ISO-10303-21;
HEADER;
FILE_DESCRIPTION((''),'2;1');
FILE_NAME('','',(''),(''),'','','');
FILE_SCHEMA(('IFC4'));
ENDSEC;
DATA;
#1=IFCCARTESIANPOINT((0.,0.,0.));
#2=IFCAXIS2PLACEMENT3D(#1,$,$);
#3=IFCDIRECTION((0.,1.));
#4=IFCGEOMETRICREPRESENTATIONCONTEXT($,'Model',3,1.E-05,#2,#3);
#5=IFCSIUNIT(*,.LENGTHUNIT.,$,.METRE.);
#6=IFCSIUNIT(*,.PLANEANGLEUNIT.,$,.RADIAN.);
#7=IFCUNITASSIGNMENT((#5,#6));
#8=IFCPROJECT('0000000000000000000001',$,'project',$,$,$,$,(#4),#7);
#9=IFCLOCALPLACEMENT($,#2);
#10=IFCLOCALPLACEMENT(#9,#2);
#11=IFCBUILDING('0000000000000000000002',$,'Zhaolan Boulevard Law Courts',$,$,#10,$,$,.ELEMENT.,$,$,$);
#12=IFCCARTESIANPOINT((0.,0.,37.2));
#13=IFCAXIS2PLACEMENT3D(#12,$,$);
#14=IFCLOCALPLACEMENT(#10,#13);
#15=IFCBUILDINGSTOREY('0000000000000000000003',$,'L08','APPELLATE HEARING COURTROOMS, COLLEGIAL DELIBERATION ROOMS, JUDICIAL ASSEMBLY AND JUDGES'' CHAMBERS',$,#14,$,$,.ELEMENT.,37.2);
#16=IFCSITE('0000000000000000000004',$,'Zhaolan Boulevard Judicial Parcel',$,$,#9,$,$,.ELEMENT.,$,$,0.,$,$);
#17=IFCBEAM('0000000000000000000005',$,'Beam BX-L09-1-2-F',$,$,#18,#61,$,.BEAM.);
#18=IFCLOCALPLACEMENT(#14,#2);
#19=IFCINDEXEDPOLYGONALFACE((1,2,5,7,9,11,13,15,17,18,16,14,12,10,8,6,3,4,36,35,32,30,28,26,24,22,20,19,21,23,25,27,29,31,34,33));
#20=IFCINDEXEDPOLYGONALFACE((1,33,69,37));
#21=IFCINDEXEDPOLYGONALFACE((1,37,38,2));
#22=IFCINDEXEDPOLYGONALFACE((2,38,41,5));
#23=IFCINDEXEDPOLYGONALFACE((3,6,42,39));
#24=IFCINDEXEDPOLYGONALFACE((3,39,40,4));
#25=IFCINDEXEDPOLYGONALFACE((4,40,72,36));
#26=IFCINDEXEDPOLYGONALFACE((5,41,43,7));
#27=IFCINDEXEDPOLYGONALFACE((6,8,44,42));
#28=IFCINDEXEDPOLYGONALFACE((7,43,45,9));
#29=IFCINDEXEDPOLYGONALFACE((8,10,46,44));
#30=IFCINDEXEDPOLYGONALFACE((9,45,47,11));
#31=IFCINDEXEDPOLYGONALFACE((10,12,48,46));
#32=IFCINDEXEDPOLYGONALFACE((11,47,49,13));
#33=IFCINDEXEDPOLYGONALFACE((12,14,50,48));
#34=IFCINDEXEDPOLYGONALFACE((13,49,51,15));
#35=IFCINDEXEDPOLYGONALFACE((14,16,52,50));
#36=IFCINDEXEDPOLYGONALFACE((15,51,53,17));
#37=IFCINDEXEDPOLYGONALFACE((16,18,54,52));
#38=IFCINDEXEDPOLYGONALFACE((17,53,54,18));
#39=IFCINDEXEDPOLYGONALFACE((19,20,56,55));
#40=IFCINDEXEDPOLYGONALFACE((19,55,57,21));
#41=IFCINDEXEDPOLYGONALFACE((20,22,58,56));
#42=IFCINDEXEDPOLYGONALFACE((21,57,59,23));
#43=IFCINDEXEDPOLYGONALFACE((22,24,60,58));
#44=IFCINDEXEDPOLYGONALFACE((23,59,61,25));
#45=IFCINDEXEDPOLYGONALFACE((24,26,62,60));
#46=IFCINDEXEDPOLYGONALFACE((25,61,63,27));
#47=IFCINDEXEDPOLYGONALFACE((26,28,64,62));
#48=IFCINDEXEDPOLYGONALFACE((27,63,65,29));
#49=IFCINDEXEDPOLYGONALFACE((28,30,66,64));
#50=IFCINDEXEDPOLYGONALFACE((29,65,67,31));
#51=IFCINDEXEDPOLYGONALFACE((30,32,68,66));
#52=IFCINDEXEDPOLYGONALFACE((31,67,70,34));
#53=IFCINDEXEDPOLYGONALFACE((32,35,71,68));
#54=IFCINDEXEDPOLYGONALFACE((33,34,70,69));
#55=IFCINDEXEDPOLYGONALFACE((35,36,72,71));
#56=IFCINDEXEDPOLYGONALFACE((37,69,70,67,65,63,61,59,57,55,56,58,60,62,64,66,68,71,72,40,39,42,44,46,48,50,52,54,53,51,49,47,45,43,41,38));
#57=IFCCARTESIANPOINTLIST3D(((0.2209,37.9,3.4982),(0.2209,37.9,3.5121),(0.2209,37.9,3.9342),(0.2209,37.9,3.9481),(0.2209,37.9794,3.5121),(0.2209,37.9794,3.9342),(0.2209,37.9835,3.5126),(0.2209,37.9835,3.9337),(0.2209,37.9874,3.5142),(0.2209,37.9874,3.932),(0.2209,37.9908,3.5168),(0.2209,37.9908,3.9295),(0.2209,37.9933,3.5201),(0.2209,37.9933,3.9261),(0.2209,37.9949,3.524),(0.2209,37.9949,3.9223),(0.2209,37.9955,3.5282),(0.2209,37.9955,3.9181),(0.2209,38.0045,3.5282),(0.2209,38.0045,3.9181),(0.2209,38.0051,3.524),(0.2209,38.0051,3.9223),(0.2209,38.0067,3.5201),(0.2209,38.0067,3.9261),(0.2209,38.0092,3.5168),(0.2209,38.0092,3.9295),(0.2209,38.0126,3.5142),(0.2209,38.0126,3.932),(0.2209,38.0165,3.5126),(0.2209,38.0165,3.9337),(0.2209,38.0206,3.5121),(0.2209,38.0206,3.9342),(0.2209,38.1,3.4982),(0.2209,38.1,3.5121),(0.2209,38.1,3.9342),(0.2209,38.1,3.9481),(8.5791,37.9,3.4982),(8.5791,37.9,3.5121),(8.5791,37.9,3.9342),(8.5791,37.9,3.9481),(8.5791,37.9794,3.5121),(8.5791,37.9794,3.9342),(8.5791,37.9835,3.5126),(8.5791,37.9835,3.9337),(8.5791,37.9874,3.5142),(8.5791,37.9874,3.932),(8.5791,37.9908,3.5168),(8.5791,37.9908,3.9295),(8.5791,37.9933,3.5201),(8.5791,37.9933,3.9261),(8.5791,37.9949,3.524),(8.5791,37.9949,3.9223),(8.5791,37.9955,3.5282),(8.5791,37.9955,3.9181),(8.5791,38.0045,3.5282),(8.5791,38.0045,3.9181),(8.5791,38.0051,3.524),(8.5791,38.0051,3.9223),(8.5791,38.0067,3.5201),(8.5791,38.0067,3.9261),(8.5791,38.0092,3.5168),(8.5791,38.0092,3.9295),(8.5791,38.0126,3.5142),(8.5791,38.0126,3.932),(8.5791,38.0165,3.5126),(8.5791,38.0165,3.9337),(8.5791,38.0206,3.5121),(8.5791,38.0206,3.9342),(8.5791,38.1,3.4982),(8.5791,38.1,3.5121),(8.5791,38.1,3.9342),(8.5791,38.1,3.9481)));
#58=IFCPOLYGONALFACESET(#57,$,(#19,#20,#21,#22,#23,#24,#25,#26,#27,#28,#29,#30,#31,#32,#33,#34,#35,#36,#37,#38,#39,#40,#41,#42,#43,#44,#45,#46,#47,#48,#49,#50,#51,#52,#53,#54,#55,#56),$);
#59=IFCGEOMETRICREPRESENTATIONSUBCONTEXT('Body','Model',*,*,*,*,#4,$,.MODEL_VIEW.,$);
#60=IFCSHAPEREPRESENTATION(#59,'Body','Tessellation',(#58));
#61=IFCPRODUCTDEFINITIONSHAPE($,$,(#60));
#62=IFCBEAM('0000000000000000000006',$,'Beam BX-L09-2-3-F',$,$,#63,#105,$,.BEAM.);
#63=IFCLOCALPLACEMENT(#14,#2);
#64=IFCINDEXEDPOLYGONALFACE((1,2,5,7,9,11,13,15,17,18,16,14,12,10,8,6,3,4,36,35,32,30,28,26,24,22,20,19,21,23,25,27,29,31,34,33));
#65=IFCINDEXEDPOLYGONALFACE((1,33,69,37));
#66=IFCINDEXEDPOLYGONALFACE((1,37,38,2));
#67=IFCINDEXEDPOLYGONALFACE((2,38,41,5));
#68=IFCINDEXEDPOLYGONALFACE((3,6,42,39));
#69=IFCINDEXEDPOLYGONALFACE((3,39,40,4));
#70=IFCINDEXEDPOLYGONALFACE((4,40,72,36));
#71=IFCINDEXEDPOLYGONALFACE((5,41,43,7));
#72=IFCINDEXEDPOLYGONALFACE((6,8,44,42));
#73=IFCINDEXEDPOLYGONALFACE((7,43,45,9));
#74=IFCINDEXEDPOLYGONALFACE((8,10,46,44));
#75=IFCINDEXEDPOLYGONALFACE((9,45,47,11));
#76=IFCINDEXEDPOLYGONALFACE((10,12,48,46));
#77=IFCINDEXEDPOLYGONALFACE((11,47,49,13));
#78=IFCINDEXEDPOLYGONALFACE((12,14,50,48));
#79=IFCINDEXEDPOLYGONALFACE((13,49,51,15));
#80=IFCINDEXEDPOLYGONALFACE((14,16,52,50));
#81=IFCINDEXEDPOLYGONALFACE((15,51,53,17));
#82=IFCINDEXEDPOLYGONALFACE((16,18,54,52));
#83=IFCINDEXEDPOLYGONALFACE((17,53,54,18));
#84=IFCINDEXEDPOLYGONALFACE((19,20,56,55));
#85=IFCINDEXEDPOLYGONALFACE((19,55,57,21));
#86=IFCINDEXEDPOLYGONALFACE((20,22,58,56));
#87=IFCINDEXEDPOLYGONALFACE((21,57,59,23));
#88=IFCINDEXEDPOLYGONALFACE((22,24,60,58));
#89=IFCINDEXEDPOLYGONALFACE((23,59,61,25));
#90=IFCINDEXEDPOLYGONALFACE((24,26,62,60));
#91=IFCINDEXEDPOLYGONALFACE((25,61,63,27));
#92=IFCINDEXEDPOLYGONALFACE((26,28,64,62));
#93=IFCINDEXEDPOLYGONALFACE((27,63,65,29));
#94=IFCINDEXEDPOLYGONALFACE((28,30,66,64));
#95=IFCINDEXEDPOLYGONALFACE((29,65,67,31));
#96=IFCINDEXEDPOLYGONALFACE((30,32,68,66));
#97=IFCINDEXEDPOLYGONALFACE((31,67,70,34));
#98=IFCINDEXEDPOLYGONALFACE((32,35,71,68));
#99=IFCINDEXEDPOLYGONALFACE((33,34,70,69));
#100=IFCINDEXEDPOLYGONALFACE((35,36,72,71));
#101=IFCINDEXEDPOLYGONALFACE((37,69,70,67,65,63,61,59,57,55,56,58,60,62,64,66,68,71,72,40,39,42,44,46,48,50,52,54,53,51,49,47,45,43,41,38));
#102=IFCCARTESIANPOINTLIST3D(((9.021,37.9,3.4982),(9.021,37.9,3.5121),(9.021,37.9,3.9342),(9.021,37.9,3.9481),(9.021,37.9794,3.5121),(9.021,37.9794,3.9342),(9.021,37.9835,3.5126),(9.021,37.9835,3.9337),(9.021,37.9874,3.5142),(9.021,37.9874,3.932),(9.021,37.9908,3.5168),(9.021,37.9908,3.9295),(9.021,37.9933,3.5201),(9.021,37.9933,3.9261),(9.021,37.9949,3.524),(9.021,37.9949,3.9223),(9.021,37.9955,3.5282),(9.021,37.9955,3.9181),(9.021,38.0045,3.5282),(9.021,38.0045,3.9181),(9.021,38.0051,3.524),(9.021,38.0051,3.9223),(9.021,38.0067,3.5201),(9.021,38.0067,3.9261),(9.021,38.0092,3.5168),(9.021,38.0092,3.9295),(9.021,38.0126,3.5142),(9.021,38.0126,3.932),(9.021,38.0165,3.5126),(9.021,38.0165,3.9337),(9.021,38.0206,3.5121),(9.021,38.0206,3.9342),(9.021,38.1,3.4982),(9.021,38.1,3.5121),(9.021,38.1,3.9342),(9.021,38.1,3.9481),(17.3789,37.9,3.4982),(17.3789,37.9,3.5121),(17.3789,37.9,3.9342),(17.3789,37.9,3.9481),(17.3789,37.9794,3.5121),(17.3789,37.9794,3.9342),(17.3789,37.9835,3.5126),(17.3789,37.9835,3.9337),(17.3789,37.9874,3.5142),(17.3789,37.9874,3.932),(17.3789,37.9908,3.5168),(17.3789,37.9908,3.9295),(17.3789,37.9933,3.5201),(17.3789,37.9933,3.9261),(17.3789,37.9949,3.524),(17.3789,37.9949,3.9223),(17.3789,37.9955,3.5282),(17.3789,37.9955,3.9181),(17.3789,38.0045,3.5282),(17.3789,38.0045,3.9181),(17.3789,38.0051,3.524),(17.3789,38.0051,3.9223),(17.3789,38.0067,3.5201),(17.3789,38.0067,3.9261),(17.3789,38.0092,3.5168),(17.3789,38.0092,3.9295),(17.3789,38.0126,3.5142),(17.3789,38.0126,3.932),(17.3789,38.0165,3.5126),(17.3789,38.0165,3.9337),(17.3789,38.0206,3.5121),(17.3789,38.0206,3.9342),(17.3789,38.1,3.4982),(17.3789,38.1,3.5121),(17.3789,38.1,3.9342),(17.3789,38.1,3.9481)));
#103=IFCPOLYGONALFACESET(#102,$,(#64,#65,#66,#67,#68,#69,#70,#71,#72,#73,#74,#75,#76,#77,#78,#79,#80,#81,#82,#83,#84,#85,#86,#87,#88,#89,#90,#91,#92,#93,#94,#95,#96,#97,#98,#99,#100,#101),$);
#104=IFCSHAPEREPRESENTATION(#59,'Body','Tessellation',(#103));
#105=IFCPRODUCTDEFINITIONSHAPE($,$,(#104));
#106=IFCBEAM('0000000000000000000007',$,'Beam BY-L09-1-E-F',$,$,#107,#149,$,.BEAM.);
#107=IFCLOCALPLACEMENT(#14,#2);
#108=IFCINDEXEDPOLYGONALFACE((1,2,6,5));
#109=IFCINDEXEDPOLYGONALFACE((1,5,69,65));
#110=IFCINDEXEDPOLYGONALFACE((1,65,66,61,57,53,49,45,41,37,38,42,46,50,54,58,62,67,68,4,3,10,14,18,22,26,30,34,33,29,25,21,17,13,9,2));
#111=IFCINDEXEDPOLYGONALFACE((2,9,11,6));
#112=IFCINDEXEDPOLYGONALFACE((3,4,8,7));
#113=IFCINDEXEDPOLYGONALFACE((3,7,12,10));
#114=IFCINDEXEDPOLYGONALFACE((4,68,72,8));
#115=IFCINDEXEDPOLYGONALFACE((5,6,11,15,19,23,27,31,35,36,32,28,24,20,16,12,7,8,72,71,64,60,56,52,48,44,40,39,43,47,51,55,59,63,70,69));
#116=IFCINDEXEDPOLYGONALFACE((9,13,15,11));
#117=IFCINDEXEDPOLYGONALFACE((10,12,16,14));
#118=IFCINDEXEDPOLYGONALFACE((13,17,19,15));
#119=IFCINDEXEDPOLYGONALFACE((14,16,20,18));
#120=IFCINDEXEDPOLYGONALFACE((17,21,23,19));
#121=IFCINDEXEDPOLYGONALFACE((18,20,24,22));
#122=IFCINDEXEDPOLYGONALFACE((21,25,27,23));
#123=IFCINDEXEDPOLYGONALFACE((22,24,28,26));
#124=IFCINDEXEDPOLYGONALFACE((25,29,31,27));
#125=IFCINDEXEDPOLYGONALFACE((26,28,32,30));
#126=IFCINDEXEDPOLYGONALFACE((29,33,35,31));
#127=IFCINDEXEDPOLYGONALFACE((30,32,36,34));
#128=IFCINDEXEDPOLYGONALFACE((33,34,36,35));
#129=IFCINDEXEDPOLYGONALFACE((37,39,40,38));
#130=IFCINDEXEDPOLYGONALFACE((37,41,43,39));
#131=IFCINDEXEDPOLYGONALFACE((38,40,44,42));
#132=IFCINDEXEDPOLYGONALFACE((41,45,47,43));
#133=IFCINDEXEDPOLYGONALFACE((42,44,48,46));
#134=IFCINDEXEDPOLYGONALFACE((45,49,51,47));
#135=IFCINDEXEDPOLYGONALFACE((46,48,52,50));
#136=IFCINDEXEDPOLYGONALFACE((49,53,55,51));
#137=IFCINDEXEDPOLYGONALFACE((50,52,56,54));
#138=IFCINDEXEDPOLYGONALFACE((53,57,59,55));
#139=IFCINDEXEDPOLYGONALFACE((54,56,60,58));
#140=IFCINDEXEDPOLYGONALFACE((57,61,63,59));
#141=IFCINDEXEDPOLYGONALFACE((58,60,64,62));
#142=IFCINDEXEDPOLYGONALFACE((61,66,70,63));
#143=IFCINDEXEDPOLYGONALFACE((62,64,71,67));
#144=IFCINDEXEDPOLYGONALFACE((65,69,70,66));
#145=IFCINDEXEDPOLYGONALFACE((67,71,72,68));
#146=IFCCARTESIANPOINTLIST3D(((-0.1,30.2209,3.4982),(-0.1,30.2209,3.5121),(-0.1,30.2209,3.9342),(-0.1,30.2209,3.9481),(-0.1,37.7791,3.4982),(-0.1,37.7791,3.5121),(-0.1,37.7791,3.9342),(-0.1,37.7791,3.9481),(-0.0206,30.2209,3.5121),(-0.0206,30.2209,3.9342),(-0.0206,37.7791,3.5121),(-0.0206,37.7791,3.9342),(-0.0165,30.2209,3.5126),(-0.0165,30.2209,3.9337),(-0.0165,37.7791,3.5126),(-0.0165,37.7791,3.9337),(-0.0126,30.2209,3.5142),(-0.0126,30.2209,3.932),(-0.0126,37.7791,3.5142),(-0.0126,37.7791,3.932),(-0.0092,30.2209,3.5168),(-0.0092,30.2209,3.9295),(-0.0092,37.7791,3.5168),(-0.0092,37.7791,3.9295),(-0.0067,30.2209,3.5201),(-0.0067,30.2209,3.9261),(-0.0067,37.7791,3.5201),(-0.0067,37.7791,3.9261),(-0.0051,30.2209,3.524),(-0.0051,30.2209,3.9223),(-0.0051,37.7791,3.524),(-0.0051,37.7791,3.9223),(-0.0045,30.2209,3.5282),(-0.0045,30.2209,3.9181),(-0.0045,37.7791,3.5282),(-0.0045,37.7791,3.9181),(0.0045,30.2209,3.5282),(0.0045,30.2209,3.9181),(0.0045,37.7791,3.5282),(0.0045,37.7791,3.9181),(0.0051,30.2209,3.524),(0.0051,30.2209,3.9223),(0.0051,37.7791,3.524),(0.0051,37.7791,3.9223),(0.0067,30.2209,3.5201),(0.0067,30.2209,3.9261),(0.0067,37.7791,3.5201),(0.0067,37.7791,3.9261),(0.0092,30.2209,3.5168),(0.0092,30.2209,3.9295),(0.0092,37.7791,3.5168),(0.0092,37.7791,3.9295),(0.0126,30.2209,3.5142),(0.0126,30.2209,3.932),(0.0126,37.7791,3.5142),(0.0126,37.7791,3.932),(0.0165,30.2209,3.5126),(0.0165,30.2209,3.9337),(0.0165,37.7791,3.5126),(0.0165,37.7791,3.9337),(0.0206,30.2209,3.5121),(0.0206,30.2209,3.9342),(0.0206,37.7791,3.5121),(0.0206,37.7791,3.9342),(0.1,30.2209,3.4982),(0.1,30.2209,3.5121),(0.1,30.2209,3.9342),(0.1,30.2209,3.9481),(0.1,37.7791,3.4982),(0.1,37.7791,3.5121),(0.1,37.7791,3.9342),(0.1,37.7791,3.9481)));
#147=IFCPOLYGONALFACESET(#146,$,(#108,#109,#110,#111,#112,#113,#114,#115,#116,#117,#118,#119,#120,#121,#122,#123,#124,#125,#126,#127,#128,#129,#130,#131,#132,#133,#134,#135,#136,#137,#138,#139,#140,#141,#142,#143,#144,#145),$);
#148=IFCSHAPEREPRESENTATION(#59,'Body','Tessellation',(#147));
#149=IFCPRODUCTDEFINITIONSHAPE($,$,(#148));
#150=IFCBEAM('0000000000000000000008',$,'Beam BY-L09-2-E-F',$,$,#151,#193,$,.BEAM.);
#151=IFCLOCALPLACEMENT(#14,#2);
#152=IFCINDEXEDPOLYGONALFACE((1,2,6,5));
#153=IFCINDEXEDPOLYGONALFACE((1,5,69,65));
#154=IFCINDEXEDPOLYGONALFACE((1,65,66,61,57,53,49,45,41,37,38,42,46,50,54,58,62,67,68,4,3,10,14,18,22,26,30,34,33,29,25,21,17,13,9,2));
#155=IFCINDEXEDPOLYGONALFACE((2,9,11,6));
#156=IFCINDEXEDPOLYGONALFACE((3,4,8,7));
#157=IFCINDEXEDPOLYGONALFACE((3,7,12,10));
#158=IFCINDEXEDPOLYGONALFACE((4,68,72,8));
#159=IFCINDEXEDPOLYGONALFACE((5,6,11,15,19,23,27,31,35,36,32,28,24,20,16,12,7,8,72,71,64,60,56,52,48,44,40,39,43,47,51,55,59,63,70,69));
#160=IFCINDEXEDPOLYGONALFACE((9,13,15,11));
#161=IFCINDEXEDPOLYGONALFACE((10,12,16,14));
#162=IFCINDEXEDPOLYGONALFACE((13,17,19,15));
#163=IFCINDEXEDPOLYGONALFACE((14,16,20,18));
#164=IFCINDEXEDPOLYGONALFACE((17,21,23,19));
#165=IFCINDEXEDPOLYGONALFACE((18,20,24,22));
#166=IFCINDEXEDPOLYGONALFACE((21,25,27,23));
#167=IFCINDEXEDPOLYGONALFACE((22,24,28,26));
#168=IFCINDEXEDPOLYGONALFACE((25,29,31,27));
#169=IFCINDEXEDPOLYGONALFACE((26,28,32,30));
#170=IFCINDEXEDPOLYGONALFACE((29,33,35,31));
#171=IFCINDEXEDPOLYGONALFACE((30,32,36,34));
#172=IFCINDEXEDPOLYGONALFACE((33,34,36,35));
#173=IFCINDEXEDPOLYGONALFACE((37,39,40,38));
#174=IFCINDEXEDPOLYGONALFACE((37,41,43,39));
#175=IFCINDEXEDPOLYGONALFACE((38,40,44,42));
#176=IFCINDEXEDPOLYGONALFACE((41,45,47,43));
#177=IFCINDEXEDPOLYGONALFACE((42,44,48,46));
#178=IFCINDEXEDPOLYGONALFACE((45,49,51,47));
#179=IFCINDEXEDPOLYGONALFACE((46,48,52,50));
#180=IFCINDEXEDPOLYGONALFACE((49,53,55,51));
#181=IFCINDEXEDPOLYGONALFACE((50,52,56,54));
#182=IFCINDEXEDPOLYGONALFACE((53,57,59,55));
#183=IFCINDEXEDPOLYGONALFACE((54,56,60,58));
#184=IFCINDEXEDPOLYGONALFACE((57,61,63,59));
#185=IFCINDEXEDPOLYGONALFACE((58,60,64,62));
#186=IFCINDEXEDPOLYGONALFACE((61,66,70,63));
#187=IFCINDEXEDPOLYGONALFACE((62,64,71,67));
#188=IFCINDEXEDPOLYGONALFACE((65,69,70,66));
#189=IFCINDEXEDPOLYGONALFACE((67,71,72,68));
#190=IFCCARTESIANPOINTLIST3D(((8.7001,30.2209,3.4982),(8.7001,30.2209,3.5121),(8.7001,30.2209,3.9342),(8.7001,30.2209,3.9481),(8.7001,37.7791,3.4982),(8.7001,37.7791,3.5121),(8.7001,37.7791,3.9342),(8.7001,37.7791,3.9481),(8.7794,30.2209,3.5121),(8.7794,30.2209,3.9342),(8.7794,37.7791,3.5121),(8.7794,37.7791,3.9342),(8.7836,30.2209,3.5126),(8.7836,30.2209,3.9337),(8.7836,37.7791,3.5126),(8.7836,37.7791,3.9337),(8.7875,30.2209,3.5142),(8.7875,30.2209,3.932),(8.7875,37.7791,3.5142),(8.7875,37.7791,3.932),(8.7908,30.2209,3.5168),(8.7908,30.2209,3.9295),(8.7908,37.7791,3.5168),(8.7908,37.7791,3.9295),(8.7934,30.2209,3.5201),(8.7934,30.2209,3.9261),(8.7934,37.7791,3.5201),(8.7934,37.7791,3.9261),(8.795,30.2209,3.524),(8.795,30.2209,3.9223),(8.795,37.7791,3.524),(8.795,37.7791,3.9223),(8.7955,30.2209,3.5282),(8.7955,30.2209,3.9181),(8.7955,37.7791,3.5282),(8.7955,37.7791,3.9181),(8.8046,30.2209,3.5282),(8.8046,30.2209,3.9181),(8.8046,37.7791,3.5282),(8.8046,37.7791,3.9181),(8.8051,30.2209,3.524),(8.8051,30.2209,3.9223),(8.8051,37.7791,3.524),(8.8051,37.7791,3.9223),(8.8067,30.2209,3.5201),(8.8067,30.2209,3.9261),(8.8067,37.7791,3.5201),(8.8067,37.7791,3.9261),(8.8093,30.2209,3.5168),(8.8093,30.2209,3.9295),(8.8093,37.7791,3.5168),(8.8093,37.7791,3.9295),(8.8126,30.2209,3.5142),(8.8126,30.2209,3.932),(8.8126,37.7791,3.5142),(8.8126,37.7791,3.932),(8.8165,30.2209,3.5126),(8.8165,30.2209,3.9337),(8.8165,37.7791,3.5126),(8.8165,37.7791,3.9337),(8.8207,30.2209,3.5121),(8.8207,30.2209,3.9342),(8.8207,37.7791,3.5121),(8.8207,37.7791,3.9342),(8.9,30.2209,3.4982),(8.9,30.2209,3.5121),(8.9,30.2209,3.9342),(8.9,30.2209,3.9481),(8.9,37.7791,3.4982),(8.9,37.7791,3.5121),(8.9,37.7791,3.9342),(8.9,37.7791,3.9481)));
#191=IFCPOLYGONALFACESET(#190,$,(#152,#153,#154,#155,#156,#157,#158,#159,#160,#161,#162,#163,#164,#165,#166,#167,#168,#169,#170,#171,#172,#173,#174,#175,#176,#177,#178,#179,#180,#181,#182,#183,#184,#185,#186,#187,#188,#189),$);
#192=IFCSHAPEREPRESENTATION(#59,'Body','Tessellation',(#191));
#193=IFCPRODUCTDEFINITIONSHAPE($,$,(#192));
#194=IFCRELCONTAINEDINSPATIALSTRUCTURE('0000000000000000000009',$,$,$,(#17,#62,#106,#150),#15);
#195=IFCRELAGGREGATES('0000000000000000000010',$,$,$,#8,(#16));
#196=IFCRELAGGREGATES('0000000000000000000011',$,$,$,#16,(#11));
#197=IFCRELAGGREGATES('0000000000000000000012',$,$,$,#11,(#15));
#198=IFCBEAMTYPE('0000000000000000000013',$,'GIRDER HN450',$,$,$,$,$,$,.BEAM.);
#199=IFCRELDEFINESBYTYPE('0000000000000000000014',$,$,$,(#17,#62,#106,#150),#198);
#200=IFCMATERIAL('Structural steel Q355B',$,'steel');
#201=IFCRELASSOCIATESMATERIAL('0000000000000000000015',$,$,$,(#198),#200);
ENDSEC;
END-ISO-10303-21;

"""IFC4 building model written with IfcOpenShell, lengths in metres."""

from ifc_helpers import new_model, si_unit, direction, frame, origin, origin_2d, place, context, subcontext, project, spatial, i_section, extrude, material, material_profile, profile_set, type_object, element, save


model = new_model("IFC4")

# Units and contexts
model_context = context("Model", 3, precision=1e-05, world=origin(), true_north=direction((0.0, 1.0)))
body_context = subcontext(model_context, "Body", "Model", "MODEL_VIEW")
ifc_project = project(units=[si_unit("LENGTHUNIT", "METRE"), si_unit("PLANEANGLEUNIT", "RADIAN")], contexts=[model_context])

# Site, building, storey
site_placement = place(None, origin())
site = spatial("IfcSite", under=ifc_project, at=site_placement, Name="Zhaolan Boulevard Judicial Parcel", CompositionType="ELEMENT", RefElevation=0.0)
building_placement = place(site_placement, origin())
building = spatial("IfcBuilding", under=site, at=building_placement, Name="Zhaolan Boulevard Law Courts", CompositionType="ELEMENT")
storey_placement = place(building_placement, frame((0.0, 0.0, 37.2)))
storey = spatial("IfcBuildingStorey", under=building, at=storey_placement, Name="L08", Description="APPELLATE HEARING COURTROOMS, COLLEGIAL DELIBERATION ROOMS, JUDICIAL ASSEMBLY AND JUDGES' CHAMBERS", CompositionType="ELEMENT", Elevation=37.2)

# Beams
ifc_material_1 = material(Name="Structural steel Q355B", Category="steel")
ifc_material_profile_1 = material_profile(ifc_material_1, i_section(OverallWidth=0.2, OverallDepth=0.45, WebThickness=0.009, FlangeThickness=0.0139, FilletRadius=0.0161, at=origin_2d()), Name="HN450x200")
ifc_profile_set_1 = profile_set([ifc_material_profile_1], Name="Structural steel Q355B")
beam_type_1 = type_object("IfcBeamType", Name="GIRDER HN450", PredefinedType="BEAM", material=ifc_profile_set_1)
beam_1_placement = place(storey_placement, frame((0.2209, 38.0, 3.7231), z_axis=(1.0, 0.0, 0.0), x_axis=(0.0, 1.0, 0.0)))
element("IfcBeam", 1, at=beam_1_placement, inside=storey, type_object=beam_type_1, Name="Beam BX-L09-1-2-F", PredefinedType="BEAM", context=body_context, shape_type="SweptSolid", body=[
    extrude(i_section(OverallWidth=0.2, OverallDepth=0.45, WebThickness=0.009, FlangeThickness=0.0139, FilletRadius=0.0161, at=origin_2d()), origin(), (0.0, 0.0, 1.0), 8.3582),
])
beam_2_placement = place(storey_placement, frame((9.021, 38.0, 3.7231), z_axis=(1.0, 0.0, 0.0), x_axis=(0.0, 1.0, 0.0)))
element("IfcBeam", 2, at=beam_2_placement, inside=storey, type_object=beam_type_1, Name="Beam BX-L09-2-3-F", PredefinedType="BEAM", context=body_context, shape_type="SweptSolid", body=[
    extrude(i_section(OverallWidth=0.2, OverallDepth=0.45, WebThickness=0.009, FlangeThickness=0.0139, FilletRadius=0.0161, at=origin_2d()), origin(), (0.0, 0.0, 1.0), 8.3579),
])
for number, where, z_axis, x_axis, name in (
    (3, (0.0, 30.2209, 3.7231), (0.0, 1.0, 0.0), (-1.0, 0.0, 0.0), "Beam BY-L09-1-E-F"),
    (4, (8.8, 30.2209, 3.7231), (0.0, 1.0, 0.0), (-1.0, 0.0, 0.0), "Beam BY-L09-2-E-F"),
):
    element("IfcBeam", number, at=place(storey_placement, frame(where, z_axis=z_axis, x_axis=x_axis)), inside=storey, type_object=beam_type_1, Name=name, PredefinedType="BEAM", context=body_context, shape_type="SweptSolid", body=[
        extrude(i_section(OverallWidth=0.2, OverallDepth=0.45, WebThickness=0.009, FlangeThickness=0.0139, FilletRadius=0.0161, at=origin_2d()), origin(), (0.0, 0.0, 1.0), 7.5581),
    ])

save(model, "model.ifc")
